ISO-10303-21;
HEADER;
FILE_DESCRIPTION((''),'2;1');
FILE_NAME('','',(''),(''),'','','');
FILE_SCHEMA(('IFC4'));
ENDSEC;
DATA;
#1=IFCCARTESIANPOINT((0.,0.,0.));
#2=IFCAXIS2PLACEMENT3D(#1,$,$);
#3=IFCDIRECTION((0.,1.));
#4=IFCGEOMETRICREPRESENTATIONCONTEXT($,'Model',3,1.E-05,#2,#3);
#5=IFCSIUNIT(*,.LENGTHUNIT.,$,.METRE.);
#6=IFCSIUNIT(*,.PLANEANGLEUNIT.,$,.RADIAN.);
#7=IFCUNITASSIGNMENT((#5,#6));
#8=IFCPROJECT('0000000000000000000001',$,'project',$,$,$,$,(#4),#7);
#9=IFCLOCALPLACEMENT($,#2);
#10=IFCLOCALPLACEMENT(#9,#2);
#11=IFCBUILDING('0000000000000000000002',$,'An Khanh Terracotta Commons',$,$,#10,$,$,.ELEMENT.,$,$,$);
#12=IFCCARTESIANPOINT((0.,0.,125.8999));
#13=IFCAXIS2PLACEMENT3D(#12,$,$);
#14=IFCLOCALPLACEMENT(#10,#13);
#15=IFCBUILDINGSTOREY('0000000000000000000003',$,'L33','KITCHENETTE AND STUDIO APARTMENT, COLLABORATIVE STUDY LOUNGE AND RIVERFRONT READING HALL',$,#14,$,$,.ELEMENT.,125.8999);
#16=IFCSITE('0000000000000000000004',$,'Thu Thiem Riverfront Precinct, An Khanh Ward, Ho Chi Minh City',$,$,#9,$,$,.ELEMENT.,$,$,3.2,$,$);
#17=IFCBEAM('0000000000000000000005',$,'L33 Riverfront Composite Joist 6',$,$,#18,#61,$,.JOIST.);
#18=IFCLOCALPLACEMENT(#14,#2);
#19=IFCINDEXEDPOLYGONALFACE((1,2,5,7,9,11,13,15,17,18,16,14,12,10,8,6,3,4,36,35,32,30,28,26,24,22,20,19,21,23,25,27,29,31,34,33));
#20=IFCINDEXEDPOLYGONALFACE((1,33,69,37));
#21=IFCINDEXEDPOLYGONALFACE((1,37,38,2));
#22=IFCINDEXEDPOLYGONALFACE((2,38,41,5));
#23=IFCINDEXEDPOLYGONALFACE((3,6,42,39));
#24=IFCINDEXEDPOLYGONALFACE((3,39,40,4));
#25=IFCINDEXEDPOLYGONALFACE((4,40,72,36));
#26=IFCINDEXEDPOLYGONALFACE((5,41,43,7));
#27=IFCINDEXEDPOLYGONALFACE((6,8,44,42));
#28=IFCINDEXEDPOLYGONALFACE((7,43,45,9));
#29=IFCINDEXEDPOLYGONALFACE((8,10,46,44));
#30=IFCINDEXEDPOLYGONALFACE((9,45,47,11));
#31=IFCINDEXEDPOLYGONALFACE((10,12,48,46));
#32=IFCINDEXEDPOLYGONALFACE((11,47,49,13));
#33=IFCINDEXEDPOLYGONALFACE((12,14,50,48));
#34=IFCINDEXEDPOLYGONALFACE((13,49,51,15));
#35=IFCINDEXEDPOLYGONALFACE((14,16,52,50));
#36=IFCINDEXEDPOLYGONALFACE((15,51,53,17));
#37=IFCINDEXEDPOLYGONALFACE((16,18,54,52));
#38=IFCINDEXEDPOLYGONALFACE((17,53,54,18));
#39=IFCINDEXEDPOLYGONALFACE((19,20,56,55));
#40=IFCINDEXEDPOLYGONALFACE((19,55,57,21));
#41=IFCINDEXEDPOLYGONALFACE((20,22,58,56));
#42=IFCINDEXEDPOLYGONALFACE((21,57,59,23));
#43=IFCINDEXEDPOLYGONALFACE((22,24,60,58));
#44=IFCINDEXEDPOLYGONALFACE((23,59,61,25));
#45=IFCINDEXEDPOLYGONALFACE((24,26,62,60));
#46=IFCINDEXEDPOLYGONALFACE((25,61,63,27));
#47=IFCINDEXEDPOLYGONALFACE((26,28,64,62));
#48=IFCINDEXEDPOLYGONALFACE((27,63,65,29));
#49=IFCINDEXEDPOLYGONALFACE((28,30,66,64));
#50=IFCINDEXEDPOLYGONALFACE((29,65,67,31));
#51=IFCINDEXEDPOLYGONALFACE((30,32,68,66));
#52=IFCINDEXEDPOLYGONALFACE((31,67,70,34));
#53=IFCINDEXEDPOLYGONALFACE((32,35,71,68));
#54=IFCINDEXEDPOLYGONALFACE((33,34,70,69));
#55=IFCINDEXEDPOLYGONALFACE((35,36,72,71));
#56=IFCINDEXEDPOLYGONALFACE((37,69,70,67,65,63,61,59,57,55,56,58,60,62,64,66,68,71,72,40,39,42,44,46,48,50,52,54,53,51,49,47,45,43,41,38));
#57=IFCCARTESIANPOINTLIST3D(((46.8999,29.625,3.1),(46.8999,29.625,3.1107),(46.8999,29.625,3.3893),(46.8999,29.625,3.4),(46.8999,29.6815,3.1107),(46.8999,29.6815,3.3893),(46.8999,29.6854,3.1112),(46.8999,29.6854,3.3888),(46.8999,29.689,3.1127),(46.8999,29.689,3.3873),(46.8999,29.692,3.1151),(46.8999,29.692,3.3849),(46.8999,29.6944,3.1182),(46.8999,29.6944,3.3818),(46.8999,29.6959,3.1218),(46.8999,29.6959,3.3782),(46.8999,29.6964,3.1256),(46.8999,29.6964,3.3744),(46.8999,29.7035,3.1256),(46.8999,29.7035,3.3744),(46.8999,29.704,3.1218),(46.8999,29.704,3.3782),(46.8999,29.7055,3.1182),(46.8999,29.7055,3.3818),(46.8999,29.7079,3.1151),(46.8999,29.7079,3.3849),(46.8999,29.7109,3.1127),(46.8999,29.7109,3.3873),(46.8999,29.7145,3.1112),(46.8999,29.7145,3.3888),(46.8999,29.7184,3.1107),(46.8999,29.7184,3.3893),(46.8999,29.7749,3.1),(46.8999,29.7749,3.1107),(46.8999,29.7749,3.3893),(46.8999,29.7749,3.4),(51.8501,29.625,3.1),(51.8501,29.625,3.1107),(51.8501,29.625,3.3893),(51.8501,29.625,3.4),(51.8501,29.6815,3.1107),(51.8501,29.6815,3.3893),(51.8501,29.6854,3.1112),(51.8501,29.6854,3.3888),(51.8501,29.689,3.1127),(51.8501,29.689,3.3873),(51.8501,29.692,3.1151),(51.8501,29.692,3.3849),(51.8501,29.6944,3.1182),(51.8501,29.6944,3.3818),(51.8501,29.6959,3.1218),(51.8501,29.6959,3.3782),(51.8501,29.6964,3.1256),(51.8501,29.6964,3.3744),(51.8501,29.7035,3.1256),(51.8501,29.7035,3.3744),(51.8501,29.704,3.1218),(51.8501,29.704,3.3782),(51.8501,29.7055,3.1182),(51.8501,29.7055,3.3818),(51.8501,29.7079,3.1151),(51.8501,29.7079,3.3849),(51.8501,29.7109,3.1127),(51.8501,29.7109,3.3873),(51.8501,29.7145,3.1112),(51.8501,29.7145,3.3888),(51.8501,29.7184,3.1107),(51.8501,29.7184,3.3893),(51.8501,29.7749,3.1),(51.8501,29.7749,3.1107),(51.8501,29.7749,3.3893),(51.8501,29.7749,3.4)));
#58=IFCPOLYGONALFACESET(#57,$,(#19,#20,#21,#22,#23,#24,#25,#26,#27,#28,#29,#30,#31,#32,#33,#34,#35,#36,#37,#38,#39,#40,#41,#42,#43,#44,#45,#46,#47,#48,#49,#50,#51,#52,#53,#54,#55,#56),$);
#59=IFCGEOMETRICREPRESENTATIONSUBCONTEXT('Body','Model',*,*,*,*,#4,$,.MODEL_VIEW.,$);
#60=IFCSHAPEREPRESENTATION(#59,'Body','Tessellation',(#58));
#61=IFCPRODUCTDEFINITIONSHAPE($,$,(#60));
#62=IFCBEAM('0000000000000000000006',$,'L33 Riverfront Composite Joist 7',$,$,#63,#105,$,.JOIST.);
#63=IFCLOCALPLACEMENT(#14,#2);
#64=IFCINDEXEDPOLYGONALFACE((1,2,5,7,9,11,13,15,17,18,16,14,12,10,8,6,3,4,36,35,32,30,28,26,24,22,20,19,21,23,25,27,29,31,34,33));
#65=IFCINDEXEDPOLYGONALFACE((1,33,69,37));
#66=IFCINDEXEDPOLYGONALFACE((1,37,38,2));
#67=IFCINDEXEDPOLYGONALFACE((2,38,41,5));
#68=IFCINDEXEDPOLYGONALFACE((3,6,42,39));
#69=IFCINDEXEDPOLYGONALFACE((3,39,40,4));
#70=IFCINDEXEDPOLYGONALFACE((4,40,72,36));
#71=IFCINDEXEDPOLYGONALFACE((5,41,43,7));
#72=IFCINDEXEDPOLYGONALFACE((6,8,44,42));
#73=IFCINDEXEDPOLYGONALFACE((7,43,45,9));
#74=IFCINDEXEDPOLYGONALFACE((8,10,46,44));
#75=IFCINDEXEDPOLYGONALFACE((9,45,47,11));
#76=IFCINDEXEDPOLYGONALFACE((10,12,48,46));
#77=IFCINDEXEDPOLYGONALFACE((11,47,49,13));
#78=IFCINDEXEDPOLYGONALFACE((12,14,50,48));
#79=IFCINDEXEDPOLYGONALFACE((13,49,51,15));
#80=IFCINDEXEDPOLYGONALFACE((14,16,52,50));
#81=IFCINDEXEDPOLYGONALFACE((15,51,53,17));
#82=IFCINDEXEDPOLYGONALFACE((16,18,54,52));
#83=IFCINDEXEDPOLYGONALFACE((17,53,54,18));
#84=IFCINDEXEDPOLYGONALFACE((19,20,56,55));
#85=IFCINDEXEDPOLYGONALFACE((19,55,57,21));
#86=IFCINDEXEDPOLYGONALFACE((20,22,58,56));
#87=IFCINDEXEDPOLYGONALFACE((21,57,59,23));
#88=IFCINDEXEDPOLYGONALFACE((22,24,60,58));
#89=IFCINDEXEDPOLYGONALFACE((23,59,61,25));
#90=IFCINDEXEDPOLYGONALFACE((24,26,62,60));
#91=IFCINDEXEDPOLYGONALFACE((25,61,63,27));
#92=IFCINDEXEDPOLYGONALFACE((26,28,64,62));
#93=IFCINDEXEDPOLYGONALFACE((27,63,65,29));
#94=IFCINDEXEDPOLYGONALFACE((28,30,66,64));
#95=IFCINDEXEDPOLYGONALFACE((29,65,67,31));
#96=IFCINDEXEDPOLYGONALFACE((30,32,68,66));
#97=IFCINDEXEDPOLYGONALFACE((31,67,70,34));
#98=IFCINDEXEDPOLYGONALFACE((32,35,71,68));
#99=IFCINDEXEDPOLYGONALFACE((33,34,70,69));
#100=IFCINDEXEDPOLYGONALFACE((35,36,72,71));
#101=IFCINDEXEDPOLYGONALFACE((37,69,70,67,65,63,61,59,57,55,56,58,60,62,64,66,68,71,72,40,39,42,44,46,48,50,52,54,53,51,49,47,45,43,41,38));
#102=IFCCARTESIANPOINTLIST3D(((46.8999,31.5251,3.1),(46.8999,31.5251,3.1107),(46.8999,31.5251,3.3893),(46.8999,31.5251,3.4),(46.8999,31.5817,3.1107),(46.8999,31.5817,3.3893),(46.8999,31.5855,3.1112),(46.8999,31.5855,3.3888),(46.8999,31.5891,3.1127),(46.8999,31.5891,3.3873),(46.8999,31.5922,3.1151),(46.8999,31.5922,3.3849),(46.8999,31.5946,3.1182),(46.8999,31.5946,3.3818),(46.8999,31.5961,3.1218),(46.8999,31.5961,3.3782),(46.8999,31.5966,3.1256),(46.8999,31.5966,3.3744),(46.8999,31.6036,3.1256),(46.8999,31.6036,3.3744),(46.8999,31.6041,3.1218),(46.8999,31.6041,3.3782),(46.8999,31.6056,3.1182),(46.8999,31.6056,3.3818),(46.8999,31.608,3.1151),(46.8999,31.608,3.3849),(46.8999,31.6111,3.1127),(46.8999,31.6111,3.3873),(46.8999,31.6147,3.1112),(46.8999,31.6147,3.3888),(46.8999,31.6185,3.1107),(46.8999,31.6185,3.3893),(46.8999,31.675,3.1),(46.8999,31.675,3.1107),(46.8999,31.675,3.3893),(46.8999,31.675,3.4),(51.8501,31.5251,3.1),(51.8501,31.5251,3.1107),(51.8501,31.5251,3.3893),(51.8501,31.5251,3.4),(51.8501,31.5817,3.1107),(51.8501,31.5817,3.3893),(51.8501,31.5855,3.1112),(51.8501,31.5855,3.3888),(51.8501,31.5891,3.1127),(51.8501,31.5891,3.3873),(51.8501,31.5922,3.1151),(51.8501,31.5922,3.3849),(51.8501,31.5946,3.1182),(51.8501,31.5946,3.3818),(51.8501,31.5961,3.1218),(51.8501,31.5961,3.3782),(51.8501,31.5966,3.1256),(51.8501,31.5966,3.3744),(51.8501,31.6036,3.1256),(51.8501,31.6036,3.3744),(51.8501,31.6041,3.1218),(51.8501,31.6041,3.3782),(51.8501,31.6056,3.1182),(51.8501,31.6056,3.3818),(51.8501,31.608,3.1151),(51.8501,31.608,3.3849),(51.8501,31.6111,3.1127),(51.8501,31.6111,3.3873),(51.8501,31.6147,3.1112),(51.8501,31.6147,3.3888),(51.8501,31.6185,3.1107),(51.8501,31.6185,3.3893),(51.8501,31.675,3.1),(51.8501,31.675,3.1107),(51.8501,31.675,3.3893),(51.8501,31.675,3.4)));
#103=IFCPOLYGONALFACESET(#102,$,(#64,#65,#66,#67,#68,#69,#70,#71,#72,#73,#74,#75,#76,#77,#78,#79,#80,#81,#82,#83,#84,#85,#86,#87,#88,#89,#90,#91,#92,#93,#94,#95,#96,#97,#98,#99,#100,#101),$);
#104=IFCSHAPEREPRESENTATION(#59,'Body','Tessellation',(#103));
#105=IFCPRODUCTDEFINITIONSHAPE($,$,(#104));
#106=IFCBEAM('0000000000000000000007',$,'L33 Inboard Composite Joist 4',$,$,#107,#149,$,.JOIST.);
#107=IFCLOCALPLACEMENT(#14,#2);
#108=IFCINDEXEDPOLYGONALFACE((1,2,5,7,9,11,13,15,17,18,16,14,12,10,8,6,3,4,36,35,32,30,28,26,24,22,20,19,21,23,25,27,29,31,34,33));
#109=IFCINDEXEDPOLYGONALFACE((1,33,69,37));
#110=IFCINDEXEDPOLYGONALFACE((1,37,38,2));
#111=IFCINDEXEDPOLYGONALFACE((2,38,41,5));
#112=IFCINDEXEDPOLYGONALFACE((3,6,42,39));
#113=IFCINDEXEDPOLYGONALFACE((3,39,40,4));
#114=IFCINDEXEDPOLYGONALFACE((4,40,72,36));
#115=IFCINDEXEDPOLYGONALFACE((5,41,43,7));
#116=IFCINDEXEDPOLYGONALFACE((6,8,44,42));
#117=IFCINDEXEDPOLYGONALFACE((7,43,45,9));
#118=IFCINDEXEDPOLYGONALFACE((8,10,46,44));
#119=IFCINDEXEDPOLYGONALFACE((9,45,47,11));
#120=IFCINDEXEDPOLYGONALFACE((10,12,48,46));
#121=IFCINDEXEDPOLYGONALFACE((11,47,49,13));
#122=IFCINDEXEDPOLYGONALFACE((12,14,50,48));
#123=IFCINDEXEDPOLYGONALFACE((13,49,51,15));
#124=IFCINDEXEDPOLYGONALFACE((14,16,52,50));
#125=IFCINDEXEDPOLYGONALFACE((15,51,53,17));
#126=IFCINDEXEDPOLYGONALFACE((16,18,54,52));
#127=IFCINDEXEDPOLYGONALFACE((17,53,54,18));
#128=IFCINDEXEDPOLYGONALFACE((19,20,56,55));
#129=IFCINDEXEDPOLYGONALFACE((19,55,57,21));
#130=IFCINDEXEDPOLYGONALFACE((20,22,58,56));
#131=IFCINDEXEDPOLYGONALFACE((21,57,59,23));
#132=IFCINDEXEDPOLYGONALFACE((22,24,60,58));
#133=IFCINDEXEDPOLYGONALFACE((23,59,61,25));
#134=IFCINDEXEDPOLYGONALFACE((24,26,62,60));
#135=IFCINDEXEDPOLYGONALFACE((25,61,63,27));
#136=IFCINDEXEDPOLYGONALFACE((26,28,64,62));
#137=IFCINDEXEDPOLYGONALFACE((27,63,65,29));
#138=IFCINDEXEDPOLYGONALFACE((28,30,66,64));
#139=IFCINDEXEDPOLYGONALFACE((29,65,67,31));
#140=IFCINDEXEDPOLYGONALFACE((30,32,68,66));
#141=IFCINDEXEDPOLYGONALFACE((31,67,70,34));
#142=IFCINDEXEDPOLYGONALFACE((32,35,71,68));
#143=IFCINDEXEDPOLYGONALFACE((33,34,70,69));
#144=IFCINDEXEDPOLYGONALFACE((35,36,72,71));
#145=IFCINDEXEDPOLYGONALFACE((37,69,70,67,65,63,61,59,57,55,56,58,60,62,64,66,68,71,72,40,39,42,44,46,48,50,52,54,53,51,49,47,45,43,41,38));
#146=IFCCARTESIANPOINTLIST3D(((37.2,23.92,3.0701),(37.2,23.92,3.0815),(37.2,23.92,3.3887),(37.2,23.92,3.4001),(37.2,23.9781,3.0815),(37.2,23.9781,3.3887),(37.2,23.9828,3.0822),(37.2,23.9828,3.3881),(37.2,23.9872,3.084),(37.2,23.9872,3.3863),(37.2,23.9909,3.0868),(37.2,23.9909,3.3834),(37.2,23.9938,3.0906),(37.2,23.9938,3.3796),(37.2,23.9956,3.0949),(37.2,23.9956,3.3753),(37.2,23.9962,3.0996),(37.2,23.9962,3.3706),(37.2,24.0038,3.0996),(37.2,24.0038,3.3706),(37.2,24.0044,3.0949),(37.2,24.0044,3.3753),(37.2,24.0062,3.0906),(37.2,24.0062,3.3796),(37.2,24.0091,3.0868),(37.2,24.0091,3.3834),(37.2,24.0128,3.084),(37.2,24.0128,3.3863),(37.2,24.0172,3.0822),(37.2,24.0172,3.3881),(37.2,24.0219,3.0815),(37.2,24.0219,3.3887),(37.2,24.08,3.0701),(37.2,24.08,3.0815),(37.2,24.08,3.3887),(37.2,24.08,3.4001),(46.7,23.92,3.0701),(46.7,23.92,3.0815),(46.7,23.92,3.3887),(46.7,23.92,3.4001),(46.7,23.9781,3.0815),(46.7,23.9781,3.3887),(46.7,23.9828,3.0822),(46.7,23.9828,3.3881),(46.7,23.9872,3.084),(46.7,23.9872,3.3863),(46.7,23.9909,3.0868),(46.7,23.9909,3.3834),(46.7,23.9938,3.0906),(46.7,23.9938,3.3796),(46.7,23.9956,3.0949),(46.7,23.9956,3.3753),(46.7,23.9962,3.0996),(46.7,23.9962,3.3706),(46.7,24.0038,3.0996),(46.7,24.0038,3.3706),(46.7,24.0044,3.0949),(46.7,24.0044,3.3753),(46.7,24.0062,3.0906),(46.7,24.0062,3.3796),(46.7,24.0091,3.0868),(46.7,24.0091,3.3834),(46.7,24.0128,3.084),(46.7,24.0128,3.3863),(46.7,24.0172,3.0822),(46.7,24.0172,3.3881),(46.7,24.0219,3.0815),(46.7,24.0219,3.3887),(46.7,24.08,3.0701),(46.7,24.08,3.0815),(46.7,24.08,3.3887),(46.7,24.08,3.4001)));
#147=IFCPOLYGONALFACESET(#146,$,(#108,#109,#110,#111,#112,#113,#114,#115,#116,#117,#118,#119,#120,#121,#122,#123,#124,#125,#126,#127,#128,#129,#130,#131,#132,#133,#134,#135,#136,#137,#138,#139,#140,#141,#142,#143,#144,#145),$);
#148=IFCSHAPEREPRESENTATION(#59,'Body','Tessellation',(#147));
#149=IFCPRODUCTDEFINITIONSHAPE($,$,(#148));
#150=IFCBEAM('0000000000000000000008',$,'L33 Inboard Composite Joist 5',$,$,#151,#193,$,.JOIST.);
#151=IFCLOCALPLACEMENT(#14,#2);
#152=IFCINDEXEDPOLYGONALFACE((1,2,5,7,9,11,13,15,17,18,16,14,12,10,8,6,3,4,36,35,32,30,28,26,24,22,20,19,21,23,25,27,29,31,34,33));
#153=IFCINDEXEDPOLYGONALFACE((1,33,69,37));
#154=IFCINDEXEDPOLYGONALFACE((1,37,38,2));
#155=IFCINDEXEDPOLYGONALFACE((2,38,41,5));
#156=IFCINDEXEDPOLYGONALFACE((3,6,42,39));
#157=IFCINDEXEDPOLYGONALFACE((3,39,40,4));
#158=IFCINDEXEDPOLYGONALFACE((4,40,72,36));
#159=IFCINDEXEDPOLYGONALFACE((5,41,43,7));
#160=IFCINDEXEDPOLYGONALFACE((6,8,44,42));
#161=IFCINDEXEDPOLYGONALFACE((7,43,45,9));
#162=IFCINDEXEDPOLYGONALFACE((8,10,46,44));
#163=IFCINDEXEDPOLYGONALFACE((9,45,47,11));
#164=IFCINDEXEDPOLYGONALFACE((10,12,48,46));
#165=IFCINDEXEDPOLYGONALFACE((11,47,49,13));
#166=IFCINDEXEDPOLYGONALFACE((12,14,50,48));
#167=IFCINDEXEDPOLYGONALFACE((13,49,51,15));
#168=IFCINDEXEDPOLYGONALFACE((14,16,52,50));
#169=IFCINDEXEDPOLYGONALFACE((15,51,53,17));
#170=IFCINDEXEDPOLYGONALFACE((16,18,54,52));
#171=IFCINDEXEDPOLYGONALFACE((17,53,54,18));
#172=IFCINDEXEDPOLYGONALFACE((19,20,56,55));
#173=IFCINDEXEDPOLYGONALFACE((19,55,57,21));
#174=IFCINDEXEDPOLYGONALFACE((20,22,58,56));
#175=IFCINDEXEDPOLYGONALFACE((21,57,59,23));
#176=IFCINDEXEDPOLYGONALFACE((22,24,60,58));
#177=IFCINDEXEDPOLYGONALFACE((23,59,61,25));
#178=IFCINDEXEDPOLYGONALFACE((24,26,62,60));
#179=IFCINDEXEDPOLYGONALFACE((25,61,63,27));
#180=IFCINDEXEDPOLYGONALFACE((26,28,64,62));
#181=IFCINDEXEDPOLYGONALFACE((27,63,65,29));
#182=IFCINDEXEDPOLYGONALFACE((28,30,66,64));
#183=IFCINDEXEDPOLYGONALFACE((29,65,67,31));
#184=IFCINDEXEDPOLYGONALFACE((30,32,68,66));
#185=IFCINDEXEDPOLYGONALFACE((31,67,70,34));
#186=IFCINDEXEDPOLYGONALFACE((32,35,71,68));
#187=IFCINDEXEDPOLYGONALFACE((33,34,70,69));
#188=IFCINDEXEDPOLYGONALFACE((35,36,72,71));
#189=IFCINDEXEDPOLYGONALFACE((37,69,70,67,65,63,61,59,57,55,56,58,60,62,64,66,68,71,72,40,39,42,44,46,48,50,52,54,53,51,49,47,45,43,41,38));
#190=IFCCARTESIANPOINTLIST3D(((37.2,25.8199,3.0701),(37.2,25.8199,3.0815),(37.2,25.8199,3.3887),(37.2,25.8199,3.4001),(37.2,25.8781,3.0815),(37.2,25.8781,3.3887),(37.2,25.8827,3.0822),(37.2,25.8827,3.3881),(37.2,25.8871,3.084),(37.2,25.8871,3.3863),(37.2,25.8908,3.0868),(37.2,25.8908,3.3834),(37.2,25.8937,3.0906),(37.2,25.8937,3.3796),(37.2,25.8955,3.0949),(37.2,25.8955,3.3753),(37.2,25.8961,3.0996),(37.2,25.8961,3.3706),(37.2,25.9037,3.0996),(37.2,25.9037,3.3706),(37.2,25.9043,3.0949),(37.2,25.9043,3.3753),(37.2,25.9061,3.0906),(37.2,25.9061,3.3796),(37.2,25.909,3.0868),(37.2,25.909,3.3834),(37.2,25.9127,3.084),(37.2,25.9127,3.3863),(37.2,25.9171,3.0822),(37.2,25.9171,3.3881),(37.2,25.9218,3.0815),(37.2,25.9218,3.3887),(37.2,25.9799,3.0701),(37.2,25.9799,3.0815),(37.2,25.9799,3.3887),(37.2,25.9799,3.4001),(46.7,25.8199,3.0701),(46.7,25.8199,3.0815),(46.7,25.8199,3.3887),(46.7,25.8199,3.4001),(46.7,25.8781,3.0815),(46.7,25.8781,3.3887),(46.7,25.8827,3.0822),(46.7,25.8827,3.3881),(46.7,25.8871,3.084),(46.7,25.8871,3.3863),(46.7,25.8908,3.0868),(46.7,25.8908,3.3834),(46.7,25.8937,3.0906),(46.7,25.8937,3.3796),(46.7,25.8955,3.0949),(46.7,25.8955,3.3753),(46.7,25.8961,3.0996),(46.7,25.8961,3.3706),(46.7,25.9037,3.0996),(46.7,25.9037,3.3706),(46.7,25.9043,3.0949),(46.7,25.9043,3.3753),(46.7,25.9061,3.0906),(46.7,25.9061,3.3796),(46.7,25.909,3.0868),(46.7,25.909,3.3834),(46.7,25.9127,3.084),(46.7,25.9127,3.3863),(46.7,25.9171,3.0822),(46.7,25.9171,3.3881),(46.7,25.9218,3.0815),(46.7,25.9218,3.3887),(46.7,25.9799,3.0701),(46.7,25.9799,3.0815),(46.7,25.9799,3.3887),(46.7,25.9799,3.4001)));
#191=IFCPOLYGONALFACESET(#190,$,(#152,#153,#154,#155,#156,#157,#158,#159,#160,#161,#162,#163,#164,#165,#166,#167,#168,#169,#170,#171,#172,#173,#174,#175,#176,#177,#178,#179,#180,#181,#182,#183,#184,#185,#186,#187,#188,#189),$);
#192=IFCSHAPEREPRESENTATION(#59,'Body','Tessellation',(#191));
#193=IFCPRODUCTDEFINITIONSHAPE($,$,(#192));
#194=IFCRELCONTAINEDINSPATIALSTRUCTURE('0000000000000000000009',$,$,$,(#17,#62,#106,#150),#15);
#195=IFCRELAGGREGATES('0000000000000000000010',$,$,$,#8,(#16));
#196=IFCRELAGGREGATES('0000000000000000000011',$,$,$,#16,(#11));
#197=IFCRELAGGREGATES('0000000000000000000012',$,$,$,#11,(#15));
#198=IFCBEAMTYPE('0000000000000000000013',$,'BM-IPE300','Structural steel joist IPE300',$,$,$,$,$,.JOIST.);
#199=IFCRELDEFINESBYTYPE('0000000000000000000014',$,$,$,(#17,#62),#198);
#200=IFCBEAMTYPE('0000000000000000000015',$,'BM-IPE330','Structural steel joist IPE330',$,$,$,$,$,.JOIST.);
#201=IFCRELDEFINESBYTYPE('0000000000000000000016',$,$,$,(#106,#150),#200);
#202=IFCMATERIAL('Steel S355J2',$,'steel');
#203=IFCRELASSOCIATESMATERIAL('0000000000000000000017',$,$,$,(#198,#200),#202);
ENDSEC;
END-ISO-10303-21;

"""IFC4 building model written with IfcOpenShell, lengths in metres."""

from ifc_helpers import new_model, si_unit, direction, frame, origin, origin_2d, place, context, subcontext, project, spatial, i_section, extrude, material, material_profile, profile_set, type_object, element, save


model = new_model("IFC4")

# Units and contexts
model_context = context("Model", 3, precision=1e-05, world=origin(), true_north=direction((0.0, 1.0)))
body_context = subcontext(model_context, "Body", "Model", "MODEL_VIEW")
ifc_project = project(units=[si_unit("LENGTHUNIT", "METRE"), si_unit("PLANEANGLEUNIT", "RADIAN")], contexts=[model_context])

# Site, building, storey
site_placement = place(None, origin())
site = spatial("IfcSite", under=ifc_project, at=site_placement, Name="Thu Thiem Riverfront Precinct, An Khanh Ward, Ho Chi Minh City", CompositionType="ELEMENT", RefElevation=3.2)
building_placement = place(site_placement, origin())
building = spatial("IfcBuilding", under=site, at=building_placement, Name="An Khanh Terracotta Commons", CompositionType="ELEMENT")
storey_placement = place(building_placement, frame((0.0, 0.0, 125.8999)))
storey = spatial("IfcBuildingStorey", under=building, at=storey_placement, Name="L33", Description="KITCHENETTE AND STUDIO APARTMENT, COLLABORATIVE STUDY LOUNGE AND RIVERFRONT READING HALL", CompositionType="ELEMENT", Elevation=125.8999)

# Beams
ifc_material_1 = material(Name="Steel S355J2", Category="steel")
ifc_material_profile_1 = material_profile(ifc_material_1, i_section(OverallWidth=0.1499, OverallDepth=0.3, WebThickness=0.0071, FlangeThickness=0.0107, FilletRadius=0.0149, at=origin_2d()), Name="IPE300")
ifc_profile_set_1 = profile_set([ifc_material_profile_1], Name="Steel S355J2")
beam_type_1 = type_object("IfcBeamType", Name="BM-IPE300", Description="Structural steel joist IPE300", PredefinedType="JOIST", material=ifc_profile_set_1)
for number, where, z_axis, x_axis, name in (
    (1, (46.8999, 29.7, 3.25), (1.0, 0.0, 0.0), (0.0, 1.0, 0.0), "L33 Riverfront Composite Joist 6"),
    (2, (46.8999, 31.6001, 3.25), (1.0, 0.0, 0.0), (0.0, 1.0, 0.0), "L33 Riverfront Composite Joist 7"),
):
    element("IfcBeam", number, at=place(storey_placement, frame(where, z_axis=z_axis, x_axis=x_axis)), inside=storey, type_object=beam_type_1, Name=name, PredefinedType="JOIST", context=body_context, shape_type="SweptSolid", body=[
        extrude(i_section(OverallWidth=0.1499, OverallDepth=0.3, WebThickness=0.0071, FlangeThickness=0.0107, FilletRadius=0.0149, at=origin_2d()), origin(), (0.0, 0.0, 1.0), 4.9502),
    ])
ifc_material_profile_2 = material_profile(ifc_material_1, i_section(OverallWidth=0.1599, OverallDepth=0.3301, WebThickness=0.0076, FlangeThickness=0.0115, FilletRadius=0.0181, at=origin_2d()), Name="IPE330")
ifc_profile_set_2 = profile_set([ifc_material_profile_2], Name="Steel S355J2")
beam_type_2 = type_object("IfcBeamType", Name="BM-IPE330", Description="Structural steel joist IPE330", PredefinedType="JOIST", material=ifc_profile_set_2)
for number, where, z_axis, x_axis, name in (
    (3, (37.2, 24.0, 3.2351), (1.0, 0.0, 0.0), (0.0, 1.0, 0.0), "L33 Inboard Composite Joist 4"),
    (4, (37.2, 25.8999, 3.2351), (1.0, 0.0, 0.0), (0.0, 1.0, 0.0), "L33 Inboard Composite Joist 5"),
):
    element("IfcBeam", number, at=place(storey_placement, frame(where, z_axis=z_axis, x_axis=x_axis)), inside=storey, type_object=beam_type_2, Name=name, PredefinedType="JOIST", context=body_context, shape_type="SweptSolid", body=[
        extrude(i_section(OverallWidth=0.1599, OverallDepth=0.3301, WebThickness=0.0076, FlangeThickness=0.0115, FilletRadius=0.0181, at=origin_2d()), origin(), (0.0, 0.0, 1.0), 9.5),
    ])

save(model, "model.ifc")
